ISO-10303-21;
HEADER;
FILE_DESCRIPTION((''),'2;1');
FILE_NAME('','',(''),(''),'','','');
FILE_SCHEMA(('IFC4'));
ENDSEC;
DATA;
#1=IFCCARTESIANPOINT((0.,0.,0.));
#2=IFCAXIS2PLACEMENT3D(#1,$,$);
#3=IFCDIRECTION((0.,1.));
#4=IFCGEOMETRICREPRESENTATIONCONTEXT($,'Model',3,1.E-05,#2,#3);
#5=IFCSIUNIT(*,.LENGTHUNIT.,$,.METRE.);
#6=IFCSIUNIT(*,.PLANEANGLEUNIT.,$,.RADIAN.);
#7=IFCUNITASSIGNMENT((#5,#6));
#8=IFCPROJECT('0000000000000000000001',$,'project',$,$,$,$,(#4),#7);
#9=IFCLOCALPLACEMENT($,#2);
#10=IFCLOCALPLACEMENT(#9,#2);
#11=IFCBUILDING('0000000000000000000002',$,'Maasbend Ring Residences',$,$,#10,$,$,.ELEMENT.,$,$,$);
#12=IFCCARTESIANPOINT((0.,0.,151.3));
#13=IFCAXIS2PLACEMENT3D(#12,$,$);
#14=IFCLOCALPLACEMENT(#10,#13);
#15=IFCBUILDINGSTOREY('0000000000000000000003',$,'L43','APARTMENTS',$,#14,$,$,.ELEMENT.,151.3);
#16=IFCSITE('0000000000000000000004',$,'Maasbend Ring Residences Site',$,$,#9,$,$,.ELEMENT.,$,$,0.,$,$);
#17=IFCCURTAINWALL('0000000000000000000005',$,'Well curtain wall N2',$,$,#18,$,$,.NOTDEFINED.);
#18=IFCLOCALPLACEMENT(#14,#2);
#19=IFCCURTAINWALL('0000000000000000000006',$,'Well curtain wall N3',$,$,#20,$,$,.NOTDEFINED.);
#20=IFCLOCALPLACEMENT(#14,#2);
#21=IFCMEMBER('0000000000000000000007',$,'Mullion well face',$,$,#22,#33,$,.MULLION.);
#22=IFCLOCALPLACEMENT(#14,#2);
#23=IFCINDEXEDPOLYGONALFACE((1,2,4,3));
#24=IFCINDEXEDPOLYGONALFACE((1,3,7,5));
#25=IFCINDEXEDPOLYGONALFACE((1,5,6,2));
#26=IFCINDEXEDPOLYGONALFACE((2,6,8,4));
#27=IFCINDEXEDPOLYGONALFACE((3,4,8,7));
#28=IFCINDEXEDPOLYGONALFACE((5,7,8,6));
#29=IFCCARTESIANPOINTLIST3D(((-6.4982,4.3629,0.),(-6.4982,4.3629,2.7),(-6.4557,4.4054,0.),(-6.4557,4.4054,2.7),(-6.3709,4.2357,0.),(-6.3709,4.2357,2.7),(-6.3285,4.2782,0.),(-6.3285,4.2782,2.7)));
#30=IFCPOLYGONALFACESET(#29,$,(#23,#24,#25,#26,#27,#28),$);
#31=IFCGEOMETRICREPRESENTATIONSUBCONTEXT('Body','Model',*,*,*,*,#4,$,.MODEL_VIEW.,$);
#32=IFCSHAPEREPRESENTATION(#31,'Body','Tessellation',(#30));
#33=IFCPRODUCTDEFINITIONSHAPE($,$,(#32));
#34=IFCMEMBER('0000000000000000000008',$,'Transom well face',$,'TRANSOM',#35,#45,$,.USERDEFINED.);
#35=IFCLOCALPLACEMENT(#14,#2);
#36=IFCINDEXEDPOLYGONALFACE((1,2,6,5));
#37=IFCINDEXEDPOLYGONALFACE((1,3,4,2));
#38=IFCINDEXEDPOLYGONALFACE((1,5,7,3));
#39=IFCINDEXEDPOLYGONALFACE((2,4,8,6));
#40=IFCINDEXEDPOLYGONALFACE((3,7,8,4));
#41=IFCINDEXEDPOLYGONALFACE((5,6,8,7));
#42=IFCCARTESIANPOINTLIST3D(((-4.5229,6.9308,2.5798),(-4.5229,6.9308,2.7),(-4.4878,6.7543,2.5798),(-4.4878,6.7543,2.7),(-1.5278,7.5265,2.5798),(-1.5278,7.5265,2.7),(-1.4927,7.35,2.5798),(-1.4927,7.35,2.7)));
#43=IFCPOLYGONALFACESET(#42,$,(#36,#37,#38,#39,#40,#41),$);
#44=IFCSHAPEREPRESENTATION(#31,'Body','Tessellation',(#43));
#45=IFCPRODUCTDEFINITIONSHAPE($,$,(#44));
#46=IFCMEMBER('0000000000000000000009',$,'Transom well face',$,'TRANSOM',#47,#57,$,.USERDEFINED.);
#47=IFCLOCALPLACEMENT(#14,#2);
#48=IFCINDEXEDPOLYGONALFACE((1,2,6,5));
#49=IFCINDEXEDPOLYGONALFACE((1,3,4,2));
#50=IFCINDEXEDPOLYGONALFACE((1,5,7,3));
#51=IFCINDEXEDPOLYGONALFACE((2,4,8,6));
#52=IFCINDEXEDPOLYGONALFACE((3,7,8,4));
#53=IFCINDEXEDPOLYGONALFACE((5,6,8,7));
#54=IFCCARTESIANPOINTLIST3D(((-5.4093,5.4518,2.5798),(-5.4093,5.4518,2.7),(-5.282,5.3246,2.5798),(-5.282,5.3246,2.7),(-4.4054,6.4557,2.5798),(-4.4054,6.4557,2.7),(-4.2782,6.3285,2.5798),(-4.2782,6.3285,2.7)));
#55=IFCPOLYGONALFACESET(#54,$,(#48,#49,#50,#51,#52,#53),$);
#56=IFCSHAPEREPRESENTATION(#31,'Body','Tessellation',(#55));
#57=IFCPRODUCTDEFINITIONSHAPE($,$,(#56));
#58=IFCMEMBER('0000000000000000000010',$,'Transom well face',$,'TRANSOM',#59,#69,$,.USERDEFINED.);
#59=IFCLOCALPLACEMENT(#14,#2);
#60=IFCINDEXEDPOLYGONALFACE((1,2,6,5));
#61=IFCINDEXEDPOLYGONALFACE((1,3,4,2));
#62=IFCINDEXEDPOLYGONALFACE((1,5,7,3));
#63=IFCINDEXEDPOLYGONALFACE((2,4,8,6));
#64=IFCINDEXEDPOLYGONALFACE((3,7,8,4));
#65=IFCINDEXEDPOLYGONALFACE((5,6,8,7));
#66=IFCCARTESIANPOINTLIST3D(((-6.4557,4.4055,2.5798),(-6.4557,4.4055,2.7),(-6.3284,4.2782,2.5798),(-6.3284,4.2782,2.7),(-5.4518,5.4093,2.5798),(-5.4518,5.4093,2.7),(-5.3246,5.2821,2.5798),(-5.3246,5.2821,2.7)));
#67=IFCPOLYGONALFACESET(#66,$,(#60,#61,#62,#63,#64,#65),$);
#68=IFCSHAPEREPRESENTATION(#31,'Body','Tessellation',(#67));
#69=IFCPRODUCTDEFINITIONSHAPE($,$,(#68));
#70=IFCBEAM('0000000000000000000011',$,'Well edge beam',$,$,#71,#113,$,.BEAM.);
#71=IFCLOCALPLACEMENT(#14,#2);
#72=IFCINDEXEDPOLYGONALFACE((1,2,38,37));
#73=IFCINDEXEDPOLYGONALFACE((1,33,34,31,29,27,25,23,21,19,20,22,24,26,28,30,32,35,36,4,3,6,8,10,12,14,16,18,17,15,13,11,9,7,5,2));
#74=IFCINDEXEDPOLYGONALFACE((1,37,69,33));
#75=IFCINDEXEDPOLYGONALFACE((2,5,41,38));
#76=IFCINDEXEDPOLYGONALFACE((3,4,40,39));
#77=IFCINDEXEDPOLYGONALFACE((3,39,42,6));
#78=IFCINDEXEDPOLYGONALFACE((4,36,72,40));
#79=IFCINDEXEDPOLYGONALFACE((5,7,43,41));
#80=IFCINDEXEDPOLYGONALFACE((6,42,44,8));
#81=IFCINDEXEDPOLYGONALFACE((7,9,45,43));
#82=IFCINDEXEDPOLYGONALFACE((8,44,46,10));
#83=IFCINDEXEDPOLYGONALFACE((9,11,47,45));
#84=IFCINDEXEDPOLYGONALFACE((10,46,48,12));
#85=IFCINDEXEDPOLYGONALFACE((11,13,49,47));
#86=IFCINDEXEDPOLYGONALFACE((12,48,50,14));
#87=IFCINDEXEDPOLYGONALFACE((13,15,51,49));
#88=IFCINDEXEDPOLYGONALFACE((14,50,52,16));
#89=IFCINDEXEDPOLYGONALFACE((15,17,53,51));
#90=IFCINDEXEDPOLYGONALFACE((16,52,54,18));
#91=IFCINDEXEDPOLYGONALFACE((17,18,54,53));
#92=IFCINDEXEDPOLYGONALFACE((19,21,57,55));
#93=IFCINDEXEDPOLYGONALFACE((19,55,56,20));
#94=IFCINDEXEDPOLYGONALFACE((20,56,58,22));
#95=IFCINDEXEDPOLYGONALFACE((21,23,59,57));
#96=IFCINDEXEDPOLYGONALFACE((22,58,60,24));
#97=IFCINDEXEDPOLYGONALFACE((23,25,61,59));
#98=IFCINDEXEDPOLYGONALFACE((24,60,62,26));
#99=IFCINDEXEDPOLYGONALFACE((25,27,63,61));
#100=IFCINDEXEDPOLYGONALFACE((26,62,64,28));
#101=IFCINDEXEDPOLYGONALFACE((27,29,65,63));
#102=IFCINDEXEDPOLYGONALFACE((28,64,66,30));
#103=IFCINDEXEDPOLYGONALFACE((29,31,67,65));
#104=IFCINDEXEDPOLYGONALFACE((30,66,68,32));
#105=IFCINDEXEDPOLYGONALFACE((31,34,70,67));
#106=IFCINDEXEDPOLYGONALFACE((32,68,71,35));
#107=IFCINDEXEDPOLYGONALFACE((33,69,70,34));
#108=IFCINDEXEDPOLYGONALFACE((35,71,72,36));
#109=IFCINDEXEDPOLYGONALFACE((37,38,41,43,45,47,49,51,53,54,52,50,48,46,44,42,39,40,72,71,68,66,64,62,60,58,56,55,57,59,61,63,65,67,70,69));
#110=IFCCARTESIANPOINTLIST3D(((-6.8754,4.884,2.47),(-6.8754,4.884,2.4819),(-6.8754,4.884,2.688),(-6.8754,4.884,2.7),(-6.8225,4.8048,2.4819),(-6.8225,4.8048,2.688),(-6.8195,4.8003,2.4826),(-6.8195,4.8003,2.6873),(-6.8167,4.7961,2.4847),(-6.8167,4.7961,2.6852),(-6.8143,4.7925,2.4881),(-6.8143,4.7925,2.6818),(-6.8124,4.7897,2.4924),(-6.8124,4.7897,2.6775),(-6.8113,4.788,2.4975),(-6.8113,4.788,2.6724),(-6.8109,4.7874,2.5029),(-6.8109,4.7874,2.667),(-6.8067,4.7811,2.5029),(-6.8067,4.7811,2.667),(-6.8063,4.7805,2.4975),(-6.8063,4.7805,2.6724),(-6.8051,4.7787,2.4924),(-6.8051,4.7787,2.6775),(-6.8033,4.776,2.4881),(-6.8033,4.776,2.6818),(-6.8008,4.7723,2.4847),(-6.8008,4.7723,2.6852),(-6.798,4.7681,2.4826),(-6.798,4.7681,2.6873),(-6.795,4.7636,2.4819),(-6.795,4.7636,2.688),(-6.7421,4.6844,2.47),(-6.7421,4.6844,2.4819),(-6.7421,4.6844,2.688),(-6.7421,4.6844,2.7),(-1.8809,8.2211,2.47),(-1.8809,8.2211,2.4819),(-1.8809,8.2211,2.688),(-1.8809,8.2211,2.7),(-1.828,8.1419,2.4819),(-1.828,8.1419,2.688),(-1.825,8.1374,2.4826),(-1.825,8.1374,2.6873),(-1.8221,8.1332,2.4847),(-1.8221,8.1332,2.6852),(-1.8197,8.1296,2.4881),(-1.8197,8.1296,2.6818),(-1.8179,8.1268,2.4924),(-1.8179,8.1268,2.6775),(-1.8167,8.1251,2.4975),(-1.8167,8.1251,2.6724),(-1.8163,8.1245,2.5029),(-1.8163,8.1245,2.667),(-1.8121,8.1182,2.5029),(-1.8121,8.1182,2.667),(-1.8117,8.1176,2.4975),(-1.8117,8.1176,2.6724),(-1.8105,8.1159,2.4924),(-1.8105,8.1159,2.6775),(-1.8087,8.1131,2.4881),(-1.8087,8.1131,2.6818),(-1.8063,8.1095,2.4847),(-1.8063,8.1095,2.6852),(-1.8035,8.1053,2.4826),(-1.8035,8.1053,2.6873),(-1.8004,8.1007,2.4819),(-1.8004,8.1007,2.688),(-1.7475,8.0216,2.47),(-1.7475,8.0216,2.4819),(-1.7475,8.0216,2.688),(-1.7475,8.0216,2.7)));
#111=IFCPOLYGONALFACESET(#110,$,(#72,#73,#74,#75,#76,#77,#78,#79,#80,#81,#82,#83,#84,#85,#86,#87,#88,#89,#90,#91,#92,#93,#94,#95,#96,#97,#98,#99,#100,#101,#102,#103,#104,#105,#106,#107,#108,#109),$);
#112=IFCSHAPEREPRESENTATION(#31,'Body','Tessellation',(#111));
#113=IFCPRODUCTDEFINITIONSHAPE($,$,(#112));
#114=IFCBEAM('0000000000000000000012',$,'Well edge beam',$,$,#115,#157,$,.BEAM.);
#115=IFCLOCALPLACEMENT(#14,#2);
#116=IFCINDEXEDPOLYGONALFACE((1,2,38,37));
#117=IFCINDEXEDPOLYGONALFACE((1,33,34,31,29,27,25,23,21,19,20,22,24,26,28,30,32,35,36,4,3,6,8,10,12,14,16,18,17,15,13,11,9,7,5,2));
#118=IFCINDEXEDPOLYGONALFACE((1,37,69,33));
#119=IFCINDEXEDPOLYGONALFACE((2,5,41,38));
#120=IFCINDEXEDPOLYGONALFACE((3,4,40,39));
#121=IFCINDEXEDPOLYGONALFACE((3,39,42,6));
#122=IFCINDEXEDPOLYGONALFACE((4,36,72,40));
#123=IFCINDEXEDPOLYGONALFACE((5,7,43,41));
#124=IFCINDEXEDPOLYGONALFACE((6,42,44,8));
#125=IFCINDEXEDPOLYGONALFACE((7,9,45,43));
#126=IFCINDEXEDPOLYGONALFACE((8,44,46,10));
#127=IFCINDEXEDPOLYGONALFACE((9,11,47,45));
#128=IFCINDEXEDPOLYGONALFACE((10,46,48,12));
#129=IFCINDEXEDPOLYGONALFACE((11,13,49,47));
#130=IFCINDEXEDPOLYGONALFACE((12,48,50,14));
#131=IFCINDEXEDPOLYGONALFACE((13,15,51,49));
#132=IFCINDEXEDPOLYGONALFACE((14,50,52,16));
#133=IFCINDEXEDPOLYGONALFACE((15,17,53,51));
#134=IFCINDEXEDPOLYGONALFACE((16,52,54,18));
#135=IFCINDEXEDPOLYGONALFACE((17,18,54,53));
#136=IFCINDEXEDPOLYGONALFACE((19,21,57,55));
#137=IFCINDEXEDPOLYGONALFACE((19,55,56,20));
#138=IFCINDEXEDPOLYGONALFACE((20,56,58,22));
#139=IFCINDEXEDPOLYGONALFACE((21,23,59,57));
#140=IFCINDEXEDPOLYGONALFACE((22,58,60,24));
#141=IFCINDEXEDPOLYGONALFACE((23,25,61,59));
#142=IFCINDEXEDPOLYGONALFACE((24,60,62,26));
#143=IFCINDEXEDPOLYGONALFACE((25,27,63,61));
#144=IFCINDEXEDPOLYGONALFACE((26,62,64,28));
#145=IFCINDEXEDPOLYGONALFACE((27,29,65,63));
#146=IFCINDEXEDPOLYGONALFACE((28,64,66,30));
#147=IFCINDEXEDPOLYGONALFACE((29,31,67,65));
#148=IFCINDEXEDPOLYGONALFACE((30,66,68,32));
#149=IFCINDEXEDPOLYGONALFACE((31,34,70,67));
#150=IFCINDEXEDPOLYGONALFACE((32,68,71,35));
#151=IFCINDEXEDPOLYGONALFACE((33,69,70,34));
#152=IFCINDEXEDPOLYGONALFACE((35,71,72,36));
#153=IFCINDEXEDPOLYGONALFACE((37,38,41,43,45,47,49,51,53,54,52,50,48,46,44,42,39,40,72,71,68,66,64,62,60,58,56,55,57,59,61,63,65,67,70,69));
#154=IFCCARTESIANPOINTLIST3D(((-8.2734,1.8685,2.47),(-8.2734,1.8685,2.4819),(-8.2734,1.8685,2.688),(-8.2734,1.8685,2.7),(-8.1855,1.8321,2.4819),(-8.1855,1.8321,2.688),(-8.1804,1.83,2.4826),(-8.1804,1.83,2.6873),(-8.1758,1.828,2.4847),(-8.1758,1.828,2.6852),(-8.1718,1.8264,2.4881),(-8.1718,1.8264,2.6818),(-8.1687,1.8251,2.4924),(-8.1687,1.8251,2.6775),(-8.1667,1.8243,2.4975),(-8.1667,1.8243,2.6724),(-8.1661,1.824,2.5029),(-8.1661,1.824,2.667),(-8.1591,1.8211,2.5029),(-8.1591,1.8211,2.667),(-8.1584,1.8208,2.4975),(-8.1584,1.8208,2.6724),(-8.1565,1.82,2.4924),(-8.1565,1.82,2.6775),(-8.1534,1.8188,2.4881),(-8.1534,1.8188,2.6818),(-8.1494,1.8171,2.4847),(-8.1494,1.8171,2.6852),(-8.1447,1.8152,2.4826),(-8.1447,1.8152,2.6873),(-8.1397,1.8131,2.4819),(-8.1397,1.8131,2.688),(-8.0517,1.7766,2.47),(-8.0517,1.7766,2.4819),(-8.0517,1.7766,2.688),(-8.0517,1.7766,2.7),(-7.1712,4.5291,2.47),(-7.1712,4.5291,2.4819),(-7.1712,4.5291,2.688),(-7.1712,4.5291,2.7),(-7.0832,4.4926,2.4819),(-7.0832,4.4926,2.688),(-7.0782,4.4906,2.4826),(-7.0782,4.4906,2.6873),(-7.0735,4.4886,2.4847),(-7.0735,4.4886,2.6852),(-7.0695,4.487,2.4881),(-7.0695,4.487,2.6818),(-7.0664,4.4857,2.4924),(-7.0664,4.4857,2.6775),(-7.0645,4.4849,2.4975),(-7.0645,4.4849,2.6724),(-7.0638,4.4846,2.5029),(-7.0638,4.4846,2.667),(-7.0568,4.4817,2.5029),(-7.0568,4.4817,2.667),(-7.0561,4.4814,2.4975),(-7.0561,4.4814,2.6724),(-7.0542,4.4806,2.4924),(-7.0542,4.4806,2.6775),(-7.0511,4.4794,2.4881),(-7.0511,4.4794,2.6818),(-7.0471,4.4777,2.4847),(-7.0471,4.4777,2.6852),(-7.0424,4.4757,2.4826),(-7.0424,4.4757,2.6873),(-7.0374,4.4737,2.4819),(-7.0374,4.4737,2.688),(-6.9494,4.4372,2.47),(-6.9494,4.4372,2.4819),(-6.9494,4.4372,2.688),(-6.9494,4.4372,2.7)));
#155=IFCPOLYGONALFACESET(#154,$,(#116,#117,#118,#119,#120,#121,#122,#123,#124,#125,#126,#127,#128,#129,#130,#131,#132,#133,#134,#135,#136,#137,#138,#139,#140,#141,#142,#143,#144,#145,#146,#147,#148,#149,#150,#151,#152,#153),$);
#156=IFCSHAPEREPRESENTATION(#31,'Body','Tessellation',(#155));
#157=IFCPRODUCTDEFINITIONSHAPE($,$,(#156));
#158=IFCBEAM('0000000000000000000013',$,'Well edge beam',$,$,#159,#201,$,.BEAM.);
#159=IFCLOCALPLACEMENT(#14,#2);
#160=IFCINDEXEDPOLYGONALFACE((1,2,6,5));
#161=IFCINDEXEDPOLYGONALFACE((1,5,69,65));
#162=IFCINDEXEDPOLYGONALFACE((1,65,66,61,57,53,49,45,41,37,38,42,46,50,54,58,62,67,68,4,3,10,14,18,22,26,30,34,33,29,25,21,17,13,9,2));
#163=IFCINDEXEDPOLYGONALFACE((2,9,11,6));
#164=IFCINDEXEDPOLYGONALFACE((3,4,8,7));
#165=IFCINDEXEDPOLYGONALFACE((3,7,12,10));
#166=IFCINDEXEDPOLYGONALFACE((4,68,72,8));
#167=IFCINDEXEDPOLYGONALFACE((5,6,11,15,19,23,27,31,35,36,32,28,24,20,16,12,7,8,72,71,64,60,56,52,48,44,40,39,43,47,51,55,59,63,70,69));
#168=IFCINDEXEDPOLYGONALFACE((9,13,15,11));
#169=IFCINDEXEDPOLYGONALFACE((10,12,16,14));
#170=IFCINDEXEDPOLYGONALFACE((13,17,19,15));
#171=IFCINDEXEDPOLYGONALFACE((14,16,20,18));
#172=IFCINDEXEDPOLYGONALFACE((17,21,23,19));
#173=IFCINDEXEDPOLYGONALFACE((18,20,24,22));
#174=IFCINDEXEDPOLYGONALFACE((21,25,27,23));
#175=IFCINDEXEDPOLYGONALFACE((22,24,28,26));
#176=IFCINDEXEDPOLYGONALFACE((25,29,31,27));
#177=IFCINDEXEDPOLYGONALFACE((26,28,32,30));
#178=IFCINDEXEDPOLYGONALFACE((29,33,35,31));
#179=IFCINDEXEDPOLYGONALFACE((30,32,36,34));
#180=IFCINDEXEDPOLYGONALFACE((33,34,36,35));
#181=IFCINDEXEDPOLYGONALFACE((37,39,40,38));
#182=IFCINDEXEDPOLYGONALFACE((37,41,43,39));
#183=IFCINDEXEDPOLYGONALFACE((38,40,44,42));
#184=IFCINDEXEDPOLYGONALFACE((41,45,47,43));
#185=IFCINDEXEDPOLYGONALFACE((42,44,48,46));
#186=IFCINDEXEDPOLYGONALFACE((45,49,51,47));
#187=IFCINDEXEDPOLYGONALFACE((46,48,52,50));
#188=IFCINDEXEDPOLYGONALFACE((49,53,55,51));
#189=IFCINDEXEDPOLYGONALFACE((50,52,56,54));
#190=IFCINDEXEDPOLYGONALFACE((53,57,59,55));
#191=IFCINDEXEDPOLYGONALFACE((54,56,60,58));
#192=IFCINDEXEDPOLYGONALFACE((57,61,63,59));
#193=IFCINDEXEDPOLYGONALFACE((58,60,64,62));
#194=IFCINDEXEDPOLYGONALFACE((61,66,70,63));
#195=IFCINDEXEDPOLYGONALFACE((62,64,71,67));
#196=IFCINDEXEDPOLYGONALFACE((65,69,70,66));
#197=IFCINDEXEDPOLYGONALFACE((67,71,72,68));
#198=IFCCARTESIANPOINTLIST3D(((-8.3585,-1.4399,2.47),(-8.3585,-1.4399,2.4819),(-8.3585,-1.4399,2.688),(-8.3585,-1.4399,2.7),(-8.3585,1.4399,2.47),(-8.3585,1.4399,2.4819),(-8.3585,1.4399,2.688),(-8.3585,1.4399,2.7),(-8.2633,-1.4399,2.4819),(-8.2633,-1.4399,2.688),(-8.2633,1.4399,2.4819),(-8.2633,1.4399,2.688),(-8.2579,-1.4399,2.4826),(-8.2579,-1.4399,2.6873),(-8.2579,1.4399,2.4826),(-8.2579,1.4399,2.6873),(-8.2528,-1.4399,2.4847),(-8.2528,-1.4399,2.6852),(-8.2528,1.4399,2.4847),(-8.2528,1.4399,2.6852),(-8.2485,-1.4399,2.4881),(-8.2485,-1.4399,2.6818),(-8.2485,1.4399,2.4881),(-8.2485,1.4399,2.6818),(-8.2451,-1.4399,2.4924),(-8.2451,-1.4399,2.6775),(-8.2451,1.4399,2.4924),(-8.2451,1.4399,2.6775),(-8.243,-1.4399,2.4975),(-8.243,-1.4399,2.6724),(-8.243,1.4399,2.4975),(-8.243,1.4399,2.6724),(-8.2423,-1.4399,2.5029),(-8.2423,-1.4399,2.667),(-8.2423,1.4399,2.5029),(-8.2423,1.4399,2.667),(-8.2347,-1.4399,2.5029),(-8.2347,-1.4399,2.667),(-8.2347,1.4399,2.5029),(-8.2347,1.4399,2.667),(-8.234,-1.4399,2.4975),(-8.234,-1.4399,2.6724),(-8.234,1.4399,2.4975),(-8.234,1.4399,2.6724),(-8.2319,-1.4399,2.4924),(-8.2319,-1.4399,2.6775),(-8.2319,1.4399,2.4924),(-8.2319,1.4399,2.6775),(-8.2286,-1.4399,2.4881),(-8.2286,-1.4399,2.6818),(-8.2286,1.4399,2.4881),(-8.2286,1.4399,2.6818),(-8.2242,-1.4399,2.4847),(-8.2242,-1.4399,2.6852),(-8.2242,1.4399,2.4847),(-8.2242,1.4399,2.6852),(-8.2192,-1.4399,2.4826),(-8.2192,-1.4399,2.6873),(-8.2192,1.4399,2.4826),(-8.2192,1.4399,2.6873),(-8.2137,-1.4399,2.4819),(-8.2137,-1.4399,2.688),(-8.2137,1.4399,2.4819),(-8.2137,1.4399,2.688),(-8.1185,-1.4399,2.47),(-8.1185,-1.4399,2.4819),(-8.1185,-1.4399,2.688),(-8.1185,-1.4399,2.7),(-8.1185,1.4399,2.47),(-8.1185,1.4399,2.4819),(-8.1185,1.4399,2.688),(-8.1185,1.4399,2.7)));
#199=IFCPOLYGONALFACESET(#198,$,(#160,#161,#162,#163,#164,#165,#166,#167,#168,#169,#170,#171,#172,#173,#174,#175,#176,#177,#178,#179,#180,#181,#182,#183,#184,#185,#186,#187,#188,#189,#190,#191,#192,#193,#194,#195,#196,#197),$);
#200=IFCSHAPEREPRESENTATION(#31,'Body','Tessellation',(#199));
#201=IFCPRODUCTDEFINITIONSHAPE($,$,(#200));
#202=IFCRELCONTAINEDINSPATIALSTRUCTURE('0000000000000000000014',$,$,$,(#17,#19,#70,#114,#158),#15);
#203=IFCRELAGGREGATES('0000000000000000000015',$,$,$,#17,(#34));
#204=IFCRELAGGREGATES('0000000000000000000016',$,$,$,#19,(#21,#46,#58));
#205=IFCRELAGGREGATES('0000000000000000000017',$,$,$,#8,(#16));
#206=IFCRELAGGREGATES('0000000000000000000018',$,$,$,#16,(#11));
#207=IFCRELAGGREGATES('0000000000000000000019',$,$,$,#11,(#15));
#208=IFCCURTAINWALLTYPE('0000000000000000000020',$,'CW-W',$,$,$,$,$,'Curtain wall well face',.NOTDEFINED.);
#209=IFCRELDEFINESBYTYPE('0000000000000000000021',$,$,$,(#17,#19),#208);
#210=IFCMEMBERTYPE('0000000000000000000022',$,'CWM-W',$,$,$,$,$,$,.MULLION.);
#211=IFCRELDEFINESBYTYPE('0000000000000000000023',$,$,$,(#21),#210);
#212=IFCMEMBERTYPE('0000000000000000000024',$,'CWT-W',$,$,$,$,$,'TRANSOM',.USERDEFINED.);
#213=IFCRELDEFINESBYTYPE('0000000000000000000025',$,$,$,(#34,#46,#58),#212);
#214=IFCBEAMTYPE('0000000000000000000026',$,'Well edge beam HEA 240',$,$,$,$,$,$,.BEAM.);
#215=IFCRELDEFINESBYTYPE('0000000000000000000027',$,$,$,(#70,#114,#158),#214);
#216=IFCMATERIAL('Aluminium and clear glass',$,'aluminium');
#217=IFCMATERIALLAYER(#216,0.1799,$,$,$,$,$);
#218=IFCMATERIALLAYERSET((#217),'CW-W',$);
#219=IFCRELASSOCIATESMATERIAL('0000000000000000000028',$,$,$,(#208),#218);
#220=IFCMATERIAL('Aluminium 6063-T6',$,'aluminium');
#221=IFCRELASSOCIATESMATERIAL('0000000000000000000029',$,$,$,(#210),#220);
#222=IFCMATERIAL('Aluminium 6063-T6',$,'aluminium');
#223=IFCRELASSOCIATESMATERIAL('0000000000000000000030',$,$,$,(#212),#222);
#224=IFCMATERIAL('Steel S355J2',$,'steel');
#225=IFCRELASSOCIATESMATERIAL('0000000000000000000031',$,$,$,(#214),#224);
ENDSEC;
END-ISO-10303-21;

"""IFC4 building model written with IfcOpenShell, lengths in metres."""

from ifc_helpers import new_model, si_unit, direction, frame, origin, origin_2d, place, context, subcontext, project, spatial, rectangle, i_section, extrude, material, layer, layer_set, material_profile, profile_set, type_object, element, aggregate, save


model = new_model("IFC4")

# Units and contexts
model_context = context("Model", 3, precision=1e-05, world=origin(), true_north=direction((0.0, 1.0)))
body_context = subcontext(model_context, "Body", "Model", "MODEL_VIEW")
ifc_project = project(units=[si_unit("LENGTHUNIT", "METRE"), si_unit("PLANEANGLEUNIT", "RADIAN")], contexts=[model_context])

# Site, building, storey
site_placement = place(None, origin())
site = spatial("IfcSite", under=ifc_project, at=site_placement, Name="Maasbend Ring Residences Site", CompositionType="ELEMENT", RefElevation=0.0)
building_placement = place(site_placement, origin())
building = spatial("IfcBuilding", under=site, at=building_placement, Name="Maasbend Ring Residences", CompositionType="ELEMENT")
storey_placement = place(building_placement, frame((0.0, 0.0, 151.3)))
storey = spatial("IfcBuildingStorey", under=building, at=storey_placement, Name="L43", Description="APARTMENTS", CompositionType="ELEMENT", Elevation=151.3)

# Curtain walls, member
ifc_material_1 = material(Name="Aluminium and clear glass", Category="aluminium")
ifc_layer_1 = layer(ifc_material_1, 0.1799)
ifc_layer_set_1 = layer_set([ifc_layer_1], Name="CW-W")
curtain_wall_type = type_object("IfcCurtainWallType", Name="CW-W", ElementType="Curtain wall well face", PredefinedType="NOTDEFINED", material=ifc_layer_set_1)
curtain_wall_1_placement = place(storey_placement, origin())
curtain_wall_1 = element("IfcCurtainWall", 1, at=curtain_wall_1_placement, inside=storey, type_object=curtain_wall_type, Name="Well curtain wall N2", PredefinedType="NOTDEFINED")
ifc_material_2 = material(Name="Aluminium 6063-T6", Category="aluminium")
ifc_material_profile_1 = material_profile(ifc_material_2, rectangle(XDim=0.1799, YDim=0.0601, at=origin_2d()), Name="AL 180x60")
ifc_profile_set_1 = profile_set([ifc_material_profile_1], Name="Aluminium 6063-T6")
member_type_1 = type_object("IfcMemberType", Name="CWM-W", PredefinedType="MULLION", material=ifc_profile_set_1)
curtain_wall_2_placement = place(storey_placement, origin())
curtain_wall_2 = element("IfcCurtainWall", 2, at=curtain_wall_2_placement, inside=storey, type_object=curtain_wall_type, Name="Well curtain wall N3", PredefinedType="NOTDEFINED")
member_1_placement = place(storey_placement, frame((-6.4133, 4.3206, 0.0), z_axis=(0.0, 0.0, 1.0), x_axis=(0.707107, -0.707107, 0.0)))
member_1 = element("IfcMember", 3, at=member_1_placement, type_object=member_type_1, Name="Mullion well face", PredefinedType="MULLION", context=body_context, shape_type="SweptSolid", body=[
    extrude(rectangle(XDim=0.1799, YDim=0.0601, at=origin_2d()), origin(), (0.0, 0.0, 1.0), 2.7),
])

# Members
ifc_material_3 = material(Name="Aluminium 6063-T6", Category="aluminium")
ifc_material_profile_2 = material_profile(ifc_material_3, rectangle(XDim=0.1799, YDim=0.1201, at=origin_2d()), Name="AL 180x120")
ifc_profile_set_2 = profile_set([ifc_material_profile_2], Name="Aluminium 6063-T6")
member_type_2 = type_object("IfcMemberType", Name="CWT-W", ElementType="TRANSOM", PredefinedType="USERDEFINED", material=ifc_profile_set_2)
member_2_placement = place(storey_placement, frame((-1.5103, 7.4382, 2.6399), z_axis=(-0.980789, -0.195071, 0.0), x_axis=(0.195071, -0.980789, 0.0)))
member_2 = element("IfcMember", 4, at=member_2_placement, type_object=member_type_2, Name="Transom well face", ObjectType="TRANSOM", PredefinedType="USERDEFINED", context=body_context, shape_type="SweptSolid", body=[
    extrude(rectangle(XDim=0.1799, YDim=0.1201, at=origin_2d()), origin(), (0.0, 0.0, 1.0), 3.0537),
])
member_3_placement = place(storey_placement, frame((-4.3418, 6.3921, 2.6399), z_axis=(-0.707107, -0.707107, 0.0), x_axis=(0.707107, -0.707107, 0.0)))
member_3 = element("IfcMember", 5, at=member_3_placement, type_object=member_type_2, Name="Transom well face", ObjectType="TRANSOM", PredefinedType="USERDEFINED", context=body_context, shape_type="SweptSolid", body=[
    extrude(rectangle(XDim=0.1799, YDim=0.1201, at=origin_2d()), origin(), (0.0, 0.0, 1.0), 1.4197),
])
member_4_placement = place(storey_placement, frame((-5.3882, 5.3457, 2.6399), z_axis=(-0.707107, -0.707107, 0.0), x_axis=(0.707107, -0.707107, 0.0)))
member_4 = element("IfcMember", 6, at=member_4_placement, type_object=member_type_2, Name="Transom well face", ObjectType="TRANSOM", PredefinedType="USERDEFINED", context=body_context, shape_type="SweptSolid", body=[
    extrude(rectangle(XDim=0.1799, YDim=0.1201, at=origin_2d()), origin(), (0.0, 0.0, 1.0), 1.4197),
])

# Beams
ifc_material_4 = material(Name="Steel S355J2", Category="steel")
ifc_material_profile_3 = material_profile(ifc_material_4, i_section(OverallWidth=0.24, OverallDepth=0.23, WebThickness=0.0076, FlangeThickness=0.012, FilletRadius=0.021, at=origin_2d()), Name="HEA 240")
ifc_profile_set_3 = profile_set([ifc_material_profile_3], Name="Steel S355J2")
beam_type = type_object("IfcBeamType", Name="Well edge beam HEA 240", PredefinedType="BEAM", material=ifc_profile_set_3)
beam_placement = place(storey_placement, frame((-1.8142, 8.1213, 2.585), z_axis=(-0.831481, -0.555553, 0.0), x_axis=(0.555553, -0.831481, 0.0)))
element("IfcBeam", 7, at=beam_placement, inside=storey, type_object=beam_type, Name="Well edge beam", PredefinedType="BEAM", context=body_context, shape_type="SweptSolid", body=[
    extrude(i_section(OverallWidth=0.24, OverallDepth=0.23, WebThickness=0.0076, FlangeThickness=0.012, FilletRadius=0.021, at=origin_2d()), origin(), (0.0, 0.0, 1.0), 6.0068),
])
for number, where, z_axis, x_axis, name in (
    (8, (-7.0603, 4.4832, 2.585), (-0.382749, -0.923853, 0.0), (0.923853, -0.382749, 0.0), "Well edge beam"),
    (9, (-8.2385, 1.4399, 2.585), (0.0, -1.0, 0.0), (1.0, 0.0, 0.0), "Well edge beam"),
):
    element("IfcBeam", number, at=place(storey_placement, frame(where, z_axis=z_axis, x_axis=x_axis)), inside=storey, type_object=beam_type, Name=name, PredefinedType="BEAM", context=body_context, shape_type="SweptSolid", body=[
        extrude(i_section(OverallWidth=0.24, OverallDepth=0.23, WebThickness=0.0076, FlangeThickness=0.012, FilletRadius=0.021, at=origin_2d()), origin(), (0.0, 0.0, 1.0), 2.8799),
    ])

aggregate(curtain_wall_1, [member_2])
aggregate(curtain_wall_2, [member_1, member_3, member_4])

save(model, "model.ifc")
